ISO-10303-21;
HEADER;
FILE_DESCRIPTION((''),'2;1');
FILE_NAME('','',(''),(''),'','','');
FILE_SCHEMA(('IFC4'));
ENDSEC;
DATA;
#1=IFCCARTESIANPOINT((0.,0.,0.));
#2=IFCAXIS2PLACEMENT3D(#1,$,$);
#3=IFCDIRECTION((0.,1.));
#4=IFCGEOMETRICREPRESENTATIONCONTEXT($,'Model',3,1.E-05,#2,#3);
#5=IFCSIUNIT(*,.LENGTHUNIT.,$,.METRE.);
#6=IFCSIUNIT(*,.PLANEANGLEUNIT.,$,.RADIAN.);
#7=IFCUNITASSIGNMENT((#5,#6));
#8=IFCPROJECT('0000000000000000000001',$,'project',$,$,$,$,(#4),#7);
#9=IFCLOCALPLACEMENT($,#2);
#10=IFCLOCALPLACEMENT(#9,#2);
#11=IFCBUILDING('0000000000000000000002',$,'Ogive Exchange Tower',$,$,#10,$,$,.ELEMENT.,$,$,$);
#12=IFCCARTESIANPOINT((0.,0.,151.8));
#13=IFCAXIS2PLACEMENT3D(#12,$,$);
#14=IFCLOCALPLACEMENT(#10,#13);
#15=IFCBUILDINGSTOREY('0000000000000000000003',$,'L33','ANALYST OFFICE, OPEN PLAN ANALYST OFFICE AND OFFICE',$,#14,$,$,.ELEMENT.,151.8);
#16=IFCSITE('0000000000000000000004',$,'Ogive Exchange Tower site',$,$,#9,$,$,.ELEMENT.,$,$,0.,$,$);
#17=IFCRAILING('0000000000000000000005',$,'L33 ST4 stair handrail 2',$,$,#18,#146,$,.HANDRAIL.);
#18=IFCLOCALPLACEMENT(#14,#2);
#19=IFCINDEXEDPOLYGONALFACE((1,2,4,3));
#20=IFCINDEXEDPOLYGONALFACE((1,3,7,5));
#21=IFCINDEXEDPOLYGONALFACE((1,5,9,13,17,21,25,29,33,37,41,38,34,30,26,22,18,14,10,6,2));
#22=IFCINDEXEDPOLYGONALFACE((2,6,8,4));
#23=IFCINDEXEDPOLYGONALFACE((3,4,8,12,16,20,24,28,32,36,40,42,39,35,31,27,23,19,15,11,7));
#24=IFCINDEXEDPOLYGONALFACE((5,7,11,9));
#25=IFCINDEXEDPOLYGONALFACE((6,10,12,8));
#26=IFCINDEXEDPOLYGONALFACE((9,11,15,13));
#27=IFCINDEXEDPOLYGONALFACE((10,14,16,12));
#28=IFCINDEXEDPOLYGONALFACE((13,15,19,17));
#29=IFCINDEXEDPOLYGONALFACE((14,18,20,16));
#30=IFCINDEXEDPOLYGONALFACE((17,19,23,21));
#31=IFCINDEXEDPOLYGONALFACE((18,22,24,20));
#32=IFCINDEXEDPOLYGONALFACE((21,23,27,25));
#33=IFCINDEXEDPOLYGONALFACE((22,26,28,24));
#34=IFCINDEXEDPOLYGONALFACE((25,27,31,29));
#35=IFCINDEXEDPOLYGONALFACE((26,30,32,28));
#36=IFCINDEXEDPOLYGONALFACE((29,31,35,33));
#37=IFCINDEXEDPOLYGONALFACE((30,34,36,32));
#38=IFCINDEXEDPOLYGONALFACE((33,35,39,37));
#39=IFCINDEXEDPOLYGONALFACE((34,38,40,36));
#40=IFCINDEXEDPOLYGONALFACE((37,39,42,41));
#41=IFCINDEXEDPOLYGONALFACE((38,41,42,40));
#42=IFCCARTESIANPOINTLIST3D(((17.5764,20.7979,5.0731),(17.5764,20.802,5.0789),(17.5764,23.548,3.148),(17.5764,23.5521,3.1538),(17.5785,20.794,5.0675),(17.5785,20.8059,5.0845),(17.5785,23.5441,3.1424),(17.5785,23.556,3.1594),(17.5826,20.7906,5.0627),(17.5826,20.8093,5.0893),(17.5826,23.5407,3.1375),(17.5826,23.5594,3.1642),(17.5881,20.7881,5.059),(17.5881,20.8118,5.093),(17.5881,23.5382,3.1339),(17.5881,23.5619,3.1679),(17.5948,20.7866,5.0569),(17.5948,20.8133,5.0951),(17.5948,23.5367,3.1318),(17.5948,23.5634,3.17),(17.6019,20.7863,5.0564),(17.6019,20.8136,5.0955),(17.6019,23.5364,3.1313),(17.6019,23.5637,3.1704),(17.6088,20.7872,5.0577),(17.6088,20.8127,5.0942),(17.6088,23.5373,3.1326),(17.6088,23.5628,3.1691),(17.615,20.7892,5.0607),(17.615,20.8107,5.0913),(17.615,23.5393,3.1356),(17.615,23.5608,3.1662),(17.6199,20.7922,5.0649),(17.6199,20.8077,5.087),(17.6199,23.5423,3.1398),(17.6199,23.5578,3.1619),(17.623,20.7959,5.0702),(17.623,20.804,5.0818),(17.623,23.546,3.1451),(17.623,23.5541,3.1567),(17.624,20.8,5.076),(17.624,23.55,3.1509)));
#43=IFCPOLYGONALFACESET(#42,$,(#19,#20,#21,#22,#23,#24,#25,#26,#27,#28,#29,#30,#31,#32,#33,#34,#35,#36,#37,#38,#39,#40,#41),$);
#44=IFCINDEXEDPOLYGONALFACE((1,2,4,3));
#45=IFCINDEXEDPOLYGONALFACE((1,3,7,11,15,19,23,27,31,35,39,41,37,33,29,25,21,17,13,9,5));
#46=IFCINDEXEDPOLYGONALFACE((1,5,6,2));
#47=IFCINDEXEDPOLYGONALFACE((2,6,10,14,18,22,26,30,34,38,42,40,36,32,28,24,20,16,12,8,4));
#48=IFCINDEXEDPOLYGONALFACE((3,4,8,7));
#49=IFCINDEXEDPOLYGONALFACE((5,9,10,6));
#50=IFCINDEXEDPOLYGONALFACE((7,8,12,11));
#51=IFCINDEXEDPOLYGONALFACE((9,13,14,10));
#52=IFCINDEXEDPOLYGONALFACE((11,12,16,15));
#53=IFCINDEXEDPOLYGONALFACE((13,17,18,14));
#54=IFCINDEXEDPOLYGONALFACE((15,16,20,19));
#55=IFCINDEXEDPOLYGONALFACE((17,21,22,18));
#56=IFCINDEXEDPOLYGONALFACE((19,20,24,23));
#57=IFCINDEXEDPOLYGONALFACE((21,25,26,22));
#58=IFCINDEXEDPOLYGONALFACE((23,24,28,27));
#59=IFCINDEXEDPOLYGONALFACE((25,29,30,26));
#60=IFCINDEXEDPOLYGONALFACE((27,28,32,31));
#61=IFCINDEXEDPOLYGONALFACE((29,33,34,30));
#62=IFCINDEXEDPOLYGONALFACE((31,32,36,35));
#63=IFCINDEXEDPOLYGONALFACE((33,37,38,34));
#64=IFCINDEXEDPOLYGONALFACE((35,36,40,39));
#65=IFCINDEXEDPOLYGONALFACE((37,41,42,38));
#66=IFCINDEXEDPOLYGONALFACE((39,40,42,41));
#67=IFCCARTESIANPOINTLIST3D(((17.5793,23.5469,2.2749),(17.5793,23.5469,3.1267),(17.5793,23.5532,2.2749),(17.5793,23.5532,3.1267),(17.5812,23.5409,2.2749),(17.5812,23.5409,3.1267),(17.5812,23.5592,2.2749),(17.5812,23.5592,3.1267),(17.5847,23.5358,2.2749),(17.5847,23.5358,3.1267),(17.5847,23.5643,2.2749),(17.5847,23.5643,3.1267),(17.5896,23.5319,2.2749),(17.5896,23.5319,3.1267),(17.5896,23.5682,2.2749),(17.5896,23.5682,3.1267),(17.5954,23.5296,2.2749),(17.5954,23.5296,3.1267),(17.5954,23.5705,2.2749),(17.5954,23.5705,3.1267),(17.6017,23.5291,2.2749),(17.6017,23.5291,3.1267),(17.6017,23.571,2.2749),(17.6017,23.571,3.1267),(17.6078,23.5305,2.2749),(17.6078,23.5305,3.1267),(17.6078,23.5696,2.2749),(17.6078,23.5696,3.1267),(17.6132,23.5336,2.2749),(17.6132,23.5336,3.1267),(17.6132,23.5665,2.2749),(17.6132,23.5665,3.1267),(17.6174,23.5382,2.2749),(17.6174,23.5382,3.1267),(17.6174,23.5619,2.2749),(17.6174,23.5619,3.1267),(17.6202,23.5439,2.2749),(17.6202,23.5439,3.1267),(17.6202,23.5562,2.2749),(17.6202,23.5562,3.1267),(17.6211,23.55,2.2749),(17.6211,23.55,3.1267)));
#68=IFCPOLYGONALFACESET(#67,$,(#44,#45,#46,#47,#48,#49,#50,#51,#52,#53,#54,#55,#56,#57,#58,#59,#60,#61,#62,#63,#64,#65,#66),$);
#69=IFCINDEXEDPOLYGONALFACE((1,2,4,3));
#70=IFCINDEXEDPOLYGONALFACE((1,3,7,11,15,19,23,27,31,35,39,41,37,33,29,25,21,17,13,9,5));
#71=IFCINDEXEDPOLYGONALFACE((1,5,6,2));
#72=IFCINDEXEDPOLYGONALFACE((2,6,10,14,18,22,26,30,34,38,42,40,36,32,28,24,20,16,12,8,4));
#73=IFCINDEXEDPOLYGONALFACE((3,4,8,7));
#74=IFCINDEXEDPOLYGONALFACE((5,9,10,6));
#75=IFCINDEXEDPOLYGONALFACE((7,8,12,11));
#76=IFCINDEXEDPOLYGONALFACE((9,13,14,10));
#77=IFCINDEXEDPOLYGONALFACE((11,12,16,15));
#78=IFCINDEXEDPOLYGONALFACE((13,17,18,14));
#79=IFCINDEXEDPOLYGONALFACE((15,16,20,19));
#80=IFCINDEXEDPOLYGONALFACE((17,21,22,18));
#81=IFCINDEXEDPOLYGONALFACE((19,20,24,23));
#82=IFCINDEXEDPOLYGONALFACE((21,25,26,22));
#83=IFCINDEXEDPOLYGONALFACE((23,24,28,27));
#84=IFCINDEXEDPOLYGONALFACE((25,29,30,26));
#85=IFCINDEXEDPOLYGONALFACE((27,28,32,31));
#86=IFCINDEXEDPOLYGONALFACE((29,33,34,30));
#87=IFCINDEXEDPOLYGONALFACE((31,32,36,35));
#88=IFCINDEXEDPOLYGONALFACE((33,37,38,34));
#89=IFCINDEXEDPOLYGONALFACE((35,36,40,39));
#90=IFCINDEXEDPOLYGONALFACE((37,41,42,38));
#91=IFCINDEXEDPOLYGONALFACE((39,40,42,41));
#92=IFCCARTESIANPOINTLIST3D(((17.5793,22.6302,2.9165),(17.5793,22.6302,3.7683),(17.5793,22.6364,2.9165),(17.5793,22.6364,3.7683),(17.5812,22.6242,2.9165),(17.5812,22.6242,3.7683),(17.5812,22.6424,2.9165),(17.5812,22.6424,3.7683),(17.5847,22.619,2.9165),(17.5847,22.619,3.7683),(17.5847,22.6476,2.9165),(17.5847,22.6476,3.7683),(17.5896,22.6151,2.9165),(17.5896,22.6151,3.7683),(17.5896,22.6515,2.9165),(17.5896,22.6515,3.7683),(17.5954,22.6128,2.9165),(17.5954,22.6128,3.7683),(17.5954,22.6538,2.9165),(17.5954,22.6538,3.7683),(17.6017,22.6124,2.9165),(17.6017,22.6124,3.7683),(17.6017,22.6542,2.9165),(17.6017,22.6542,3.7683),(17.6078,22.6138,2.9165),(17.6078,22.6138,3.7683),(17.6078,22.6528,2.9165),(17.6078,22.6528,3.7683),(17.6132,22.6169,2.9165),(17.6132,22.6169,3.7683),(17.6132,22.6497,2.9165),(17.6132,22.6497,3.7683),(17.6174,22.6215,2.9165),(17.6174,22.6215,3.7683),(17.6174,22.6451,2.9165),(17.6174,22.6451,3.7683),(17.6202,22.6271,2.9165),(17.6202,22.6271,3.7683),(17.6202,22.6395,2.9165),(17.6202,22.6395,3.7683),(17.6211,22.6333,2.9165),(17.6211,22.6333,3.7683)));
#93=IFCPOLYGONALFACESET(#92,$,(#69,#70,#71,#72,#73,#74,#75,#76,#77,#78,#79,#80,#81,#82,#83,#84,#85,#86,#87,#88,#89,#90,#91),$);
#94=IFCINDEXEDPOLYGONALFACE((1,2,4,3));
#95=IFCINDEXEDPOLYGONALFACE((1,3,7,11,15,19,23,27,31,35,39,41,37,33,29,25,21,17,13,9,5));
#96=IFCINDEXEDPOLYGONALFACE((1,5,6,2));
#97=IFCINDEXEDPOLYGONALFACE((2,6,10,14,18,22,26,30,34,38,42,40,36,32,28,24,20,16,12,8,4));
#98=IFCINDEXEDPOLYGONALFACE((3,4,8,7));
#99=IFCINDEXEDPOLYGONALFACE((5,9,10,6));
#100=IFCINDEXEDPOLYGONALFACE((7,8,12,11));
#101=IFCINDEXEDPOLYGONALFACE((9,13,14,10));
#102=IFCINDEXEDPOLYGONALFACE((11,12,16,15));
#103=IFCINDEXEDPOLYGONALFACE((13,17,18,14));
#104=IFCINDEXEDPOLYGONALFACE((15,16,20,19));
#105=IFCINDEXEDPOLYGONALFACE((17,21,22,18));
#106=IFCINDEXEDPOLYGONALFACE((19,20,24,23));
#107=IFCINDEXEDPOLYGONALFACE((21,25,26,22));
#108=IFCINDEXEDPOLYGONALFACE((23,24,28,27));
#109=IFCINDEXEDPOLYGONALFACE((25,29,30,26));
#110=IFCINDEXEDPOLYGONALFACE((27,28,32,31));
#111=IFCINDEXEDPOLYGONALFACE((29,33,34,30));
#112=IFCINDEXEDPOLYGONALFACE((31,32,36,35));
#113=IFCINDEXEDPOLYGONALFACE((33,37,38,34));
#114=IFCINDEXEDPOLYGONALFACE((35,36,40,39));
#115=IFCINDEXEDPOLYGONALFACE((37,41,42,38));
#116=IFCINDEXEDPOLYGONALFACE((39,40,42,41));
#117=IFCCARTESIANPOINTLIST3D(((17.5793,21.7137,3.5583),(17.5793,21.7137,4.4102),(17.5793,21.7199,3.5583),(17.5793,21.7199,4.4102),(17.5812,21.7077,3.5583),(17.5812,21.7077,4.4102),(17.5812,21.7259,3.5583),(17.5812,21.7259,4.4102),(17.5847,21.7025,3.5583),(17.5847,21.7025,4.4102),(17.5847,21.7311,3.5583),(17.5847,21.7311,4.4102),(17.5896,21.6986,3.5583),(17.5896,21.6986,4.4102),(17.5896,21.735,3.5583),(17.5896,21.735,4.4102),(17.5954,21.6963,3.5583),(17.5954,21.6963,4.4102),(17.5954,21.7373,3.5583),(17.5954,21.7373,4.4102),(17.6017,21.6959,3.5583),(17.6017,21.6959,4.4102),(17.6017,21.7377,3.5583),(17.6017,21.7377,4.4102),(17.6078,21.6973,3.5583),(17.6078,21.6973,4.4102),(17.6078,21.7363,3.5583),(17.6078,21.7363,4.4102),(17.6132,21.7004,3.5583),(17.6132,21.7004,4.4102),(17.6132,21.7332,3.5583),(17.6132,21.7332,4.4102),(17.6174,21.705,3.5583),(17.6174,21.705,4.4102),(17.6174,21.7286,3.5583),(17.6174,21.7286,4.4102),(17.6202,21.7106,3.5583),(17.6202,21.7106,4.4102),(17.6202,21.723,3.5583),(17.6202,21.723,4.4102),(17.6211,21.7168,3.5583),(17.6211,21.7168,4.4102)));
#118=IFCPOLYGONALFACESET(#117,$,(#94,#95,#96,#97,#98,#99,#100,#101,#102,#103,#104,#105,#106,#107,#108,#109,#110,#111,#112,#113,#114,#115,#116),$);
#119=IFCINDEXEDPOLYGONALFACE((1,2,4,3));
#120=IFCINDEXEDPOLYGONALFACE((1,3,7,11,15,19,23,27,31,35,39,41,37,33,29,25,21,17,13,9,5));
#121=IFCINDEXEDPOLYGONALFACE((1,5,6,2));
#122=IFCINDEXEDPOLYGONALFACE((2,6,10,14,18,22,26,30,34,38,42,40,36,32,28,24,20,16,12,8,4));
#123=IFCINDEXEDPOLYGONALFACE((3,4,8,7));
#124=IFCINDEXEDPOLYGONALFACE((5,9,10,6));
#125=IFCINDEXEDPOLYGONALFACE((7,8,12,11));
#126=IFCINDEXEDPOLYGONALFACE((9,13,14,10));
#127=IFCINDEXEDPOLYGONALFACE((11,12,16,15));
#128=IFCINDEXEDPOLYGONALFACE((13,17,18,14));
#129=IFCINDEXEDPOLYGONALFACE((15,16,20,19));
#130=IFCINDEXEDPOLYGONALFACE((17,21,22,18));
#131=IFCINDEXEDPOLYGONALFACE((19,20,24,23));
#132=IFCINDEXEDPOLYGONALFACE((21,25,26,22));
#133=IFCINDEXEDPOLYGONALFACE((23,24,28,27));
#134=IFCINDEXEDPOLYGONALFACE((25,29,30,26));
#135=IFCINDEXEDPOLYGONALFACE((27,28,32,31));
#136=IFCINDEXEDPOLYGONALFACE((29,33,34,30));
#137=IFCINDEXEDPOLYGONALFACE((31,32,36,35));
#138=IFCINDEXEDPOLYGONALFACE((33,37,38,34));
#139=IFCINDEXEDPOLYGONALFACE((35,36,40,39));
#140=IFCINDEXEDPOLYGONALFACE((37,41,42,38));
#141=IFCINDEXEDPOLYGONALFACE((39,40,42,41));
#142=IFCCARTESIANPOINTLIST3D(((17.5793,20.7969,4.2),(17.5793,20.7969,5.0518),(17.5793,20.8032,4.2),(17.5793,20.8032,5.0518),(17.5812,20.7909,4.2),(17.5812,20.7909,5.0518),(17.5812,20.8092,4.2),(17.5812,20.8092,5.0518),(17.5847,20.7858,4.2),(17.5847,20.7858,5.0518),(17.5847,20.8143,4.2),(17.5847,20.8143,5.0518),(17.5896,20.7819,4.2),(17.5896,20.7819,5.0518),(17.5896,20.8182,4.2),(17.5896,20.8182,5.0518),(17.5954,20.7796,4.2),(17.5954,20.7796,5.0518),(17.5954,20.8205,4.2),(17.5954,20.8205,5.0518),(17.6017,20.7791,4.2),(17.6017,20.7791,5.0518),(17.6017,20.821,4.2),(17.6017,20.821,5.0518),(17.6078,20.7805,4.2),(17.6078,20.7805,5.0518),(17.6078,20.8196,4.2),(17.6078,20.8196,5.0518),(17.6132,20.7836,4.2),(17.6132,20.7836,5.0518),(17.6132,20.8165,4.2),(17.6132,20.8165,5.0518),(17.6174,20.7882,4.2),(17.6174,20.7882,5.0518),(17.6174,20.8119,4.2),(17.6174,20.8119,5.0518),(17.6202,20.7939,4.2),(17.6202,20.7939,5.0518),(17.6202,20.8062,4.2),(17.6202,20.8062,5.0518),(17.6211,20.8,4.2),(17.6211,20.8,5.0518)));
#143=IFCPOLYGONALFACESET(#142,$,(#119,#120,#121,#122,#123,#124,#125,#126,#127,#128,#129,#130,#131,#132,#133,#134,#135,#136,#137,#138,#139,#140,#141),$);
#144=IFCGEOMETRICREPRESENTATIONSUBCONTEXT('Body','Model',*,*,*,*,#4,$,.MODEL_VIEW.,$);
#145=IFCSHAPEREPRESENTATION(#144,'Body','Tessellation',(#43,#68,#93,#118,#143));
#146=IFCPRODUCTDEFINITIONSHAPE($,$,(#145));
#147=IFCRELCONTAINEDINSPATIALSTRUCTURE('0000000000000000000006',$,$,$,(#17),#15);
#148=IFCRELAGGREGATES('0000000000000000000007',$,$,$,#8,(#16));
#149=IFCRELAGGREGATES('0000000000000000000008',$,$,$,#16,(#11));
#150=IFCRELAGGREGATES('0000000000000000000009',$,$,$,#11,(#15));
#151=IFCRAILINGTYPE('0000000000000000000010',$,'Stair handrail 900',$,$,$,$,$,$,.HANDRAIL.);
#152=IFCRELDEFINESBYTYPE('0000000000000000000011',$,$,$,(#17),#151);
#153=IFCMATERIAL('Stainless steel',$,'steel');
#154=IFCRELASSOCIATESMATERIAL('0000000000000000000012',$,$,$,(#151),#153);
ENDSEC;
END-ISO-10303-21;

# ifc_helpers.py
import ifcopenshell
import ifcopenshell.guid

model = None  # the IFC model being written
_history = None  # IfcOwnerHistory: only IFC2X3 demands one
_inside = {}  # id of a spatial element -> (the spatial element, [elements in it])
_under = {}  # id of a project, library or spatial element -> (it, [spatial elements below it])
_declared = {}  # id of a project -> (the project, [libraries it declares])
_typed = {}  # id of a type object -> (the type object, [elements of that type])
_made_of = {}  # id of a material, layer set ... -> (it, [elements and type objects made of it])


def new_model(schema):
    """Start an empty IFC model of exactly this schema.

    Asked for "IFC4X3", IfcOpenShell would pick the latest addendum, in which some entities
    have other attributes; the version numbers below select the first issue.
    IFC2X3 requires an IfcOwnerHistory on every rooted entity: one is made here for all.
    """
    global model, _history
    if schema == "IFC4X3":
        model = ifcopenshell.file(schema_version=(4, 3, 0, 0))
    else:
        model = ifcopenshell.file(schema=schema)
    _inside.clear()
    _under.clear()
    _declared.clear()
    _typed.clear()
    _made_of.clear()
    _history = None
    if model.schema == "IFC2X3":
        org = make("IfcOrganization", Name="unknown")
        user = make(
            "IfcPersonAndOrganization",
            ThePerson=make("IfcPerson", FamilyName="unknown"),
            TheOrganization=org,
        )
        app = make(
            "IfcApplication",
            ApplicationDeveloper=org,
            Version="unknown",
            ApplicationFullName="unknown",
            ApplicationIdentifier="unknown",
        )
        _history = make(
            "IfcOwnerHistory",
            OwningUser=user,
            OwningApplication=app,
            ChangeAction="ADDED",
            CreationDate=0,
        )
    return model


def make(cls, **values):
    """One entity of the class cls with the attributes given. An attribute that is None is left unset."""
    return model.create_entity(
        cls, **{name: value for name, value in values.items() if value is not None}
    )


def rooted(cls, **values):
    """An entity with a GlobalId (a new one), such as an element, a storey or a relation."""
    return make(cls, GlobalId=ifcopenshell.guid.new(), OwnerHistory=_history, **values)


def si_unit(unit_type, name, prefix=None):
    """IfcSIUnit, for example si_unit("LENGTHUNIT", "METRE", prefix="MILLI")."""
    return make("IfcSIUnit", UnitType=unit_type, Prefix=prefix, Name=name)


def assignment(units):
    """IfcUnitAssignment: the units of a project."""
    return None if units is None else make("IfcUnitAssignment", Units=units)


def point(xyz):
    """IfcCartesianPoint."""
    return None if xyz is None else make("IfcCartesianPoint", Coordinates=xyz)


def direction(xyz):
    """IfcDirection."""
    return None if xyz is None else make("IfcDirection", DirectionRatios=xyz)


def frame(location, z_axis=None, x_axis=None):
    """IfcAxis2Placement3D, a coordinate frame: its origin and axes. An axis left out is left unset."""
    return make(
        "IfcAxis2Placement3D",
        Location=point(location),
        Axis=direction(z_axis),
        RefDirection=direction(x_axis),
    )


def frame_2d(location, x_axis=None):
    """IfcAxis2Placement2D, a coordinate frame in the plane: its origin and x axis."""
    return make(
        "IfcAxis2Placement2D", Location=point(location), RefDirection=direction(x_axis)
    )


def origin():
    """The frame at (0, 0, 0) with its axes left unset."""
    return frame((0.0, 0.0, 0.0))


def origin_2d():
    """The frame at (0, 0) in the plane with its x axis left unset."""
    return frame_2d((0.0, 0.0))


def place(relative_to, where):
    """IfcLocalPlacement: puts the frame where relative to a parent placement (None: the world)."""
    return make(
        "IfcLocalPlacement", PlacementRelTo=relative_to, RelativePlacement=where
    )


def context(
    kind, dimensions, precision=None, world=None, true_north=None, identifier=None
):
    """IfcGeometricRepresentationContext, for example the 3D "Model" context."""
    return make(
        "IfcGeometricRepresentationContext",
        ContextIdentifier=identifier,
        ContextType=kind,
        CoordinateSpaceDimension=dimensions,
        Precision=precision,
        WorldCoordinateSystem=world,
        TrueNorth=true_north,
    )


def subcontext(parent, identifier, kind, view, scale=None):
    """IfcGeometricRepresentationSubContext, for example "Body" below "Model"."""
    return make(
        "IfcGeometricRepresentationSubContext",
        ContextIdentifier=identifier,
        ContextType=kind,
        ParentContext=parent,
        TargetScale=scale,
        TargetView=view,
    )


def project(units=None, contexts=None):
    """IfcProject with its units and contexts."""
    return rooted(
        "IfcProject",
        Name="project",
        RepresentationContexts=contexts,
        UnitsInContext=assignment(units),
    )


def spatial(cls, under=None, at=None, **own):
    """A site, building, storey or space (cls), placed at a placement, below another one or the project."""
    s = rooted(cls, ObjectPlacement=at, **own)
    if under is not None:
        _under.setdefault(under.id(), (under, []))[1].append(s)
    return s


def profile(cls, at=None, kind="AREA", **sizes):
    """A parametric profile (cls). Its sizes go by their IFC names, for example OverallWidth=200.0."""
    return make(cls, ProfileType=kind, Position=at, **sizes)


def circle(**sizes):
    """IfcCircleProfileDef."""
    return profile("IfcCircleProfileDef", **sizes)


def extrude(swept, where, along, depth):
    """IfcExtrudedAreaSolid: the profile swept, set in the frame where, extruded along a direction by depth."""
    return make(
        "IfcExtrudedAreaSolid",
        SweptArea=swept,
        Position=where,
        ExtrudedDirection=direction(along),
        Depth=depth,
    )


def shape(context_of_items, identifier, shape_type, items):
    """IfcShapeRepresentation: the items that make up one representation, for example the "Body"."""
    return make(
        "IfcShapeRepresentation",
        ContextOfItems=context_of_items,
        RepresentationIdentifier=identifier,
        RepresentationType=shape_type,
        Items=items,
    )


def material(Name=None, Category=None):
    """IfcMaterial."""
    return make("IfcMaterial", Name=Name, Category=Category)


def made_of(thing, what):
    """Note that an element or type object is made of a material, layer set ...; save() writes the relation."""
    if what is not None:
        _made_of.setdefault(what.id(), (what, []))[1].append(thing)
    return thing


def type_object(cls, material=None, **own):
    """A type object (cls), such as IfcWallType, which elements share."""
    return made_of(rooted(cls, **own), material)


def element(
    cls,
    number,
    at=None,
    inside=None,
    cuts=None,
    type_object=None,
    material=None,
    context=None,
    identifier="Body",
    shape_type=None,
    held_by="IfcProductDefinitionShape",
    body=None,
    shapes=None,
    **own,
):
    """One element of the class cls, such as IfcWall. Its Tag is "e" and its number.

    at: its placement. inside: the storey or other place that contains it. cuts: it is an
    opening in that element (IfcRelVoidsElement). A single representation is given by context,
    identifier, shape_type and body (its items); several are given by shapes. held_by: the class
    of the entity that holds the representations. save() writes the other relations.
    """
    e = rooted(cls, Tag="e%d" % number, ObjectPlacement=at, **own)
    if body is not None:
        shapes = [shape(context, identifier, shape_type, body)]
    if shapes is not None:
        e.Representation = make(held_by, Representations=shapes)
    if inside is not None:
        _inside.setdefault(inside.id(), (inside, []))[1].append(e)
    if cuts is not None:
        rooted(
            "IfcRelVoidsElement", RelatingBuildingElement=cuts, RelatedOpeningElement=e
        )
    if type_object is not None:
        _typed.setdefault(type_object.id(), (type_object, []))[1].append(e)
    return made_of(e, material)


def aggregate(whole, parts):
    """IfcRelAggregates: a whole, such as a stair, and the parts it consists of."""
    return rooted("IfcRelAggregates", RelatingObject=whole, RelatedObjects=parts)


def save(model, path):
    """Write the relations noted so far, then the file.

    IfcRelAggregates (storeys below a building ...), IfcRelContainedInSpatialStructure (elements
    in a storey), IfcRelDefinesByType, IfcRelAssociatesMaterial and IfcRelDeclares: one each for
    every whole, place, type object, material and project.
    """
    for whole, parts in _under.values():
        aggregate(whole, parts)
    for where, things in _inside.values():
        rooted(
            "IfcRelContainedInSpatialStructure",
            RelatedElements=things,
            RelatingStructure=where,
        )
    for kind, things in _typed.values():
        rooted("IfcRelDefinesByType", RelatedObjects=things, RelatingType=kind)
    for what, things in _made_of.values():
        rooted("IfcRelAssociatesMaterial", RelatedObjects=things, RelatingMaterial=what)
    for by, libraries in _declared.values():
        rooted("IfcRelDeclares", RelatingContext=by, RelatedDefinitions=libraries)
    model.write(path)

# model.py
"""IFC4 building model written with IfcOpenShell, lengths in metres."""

from ifc_helpers import new_model, si_unit, direction, frame, origin, origin_2d, place, context, subcontext, project, spatial, circle, extrude, material, type_object, element, save


model = new_model("IFC4")

# Units and contexts
model_context = context("Model", 3, precision=1e-05, world=origin(), true_north=direction((0.0, 1.0)))
body_context = subcontext(model_context, "Body", "Model", "MODEL_VIEW")
ifc_project = project(units=[si_unit("LENGTHUNIT", "METRE"), si_unit("PLANEANGLEUNIT", "RADIAN")], contexts=[model_context])

# Site, building, storey
site_placement = place(None, origin())
site = spatial("IfcSite", under=ifc_project, at=site_placement, Name="Ogive Exchange Tower site", CompositionType="ELEMENT", RefElevation=0.0)
building_placement = place(site_placement, origin())
building = spatial("IfcBuilding", under=site, at=building_placement, Name="Ogive Exchange Tower", CompositionType="ELEMENT")
storey_placement = place(building_placement, frame((0.0, 0.0, 151.8)))
storey = spatial("IfcBuildingStorey", under=building, at=storey_placement, Name="L33", Description="ANALYST OFFICE, OPEN PLAN ANALYST OFFICE AND OFFICE", CompositionType="ELEMENT", Elevation=151.8)

# Railing
ifc_material_1 = material(Name="Stainless steel", Category="steel")
railing_type = type_object("IfcRailingType", Name="Stair handrail 900", PredefinedType="HANDRAIL", material=ifc_material_1)
railing_placement = place(storey_placement, frame((17.6001, 23.55, 2.2749)))
element("IfcRailing", 1, at=railing_placement, inside=storey, type_object=railing_type, Name="L33 ST4 stair handrail 2", PredefinedType="HANDRAIL", context=body_context, shape_type="SweptSolid", body=[
    extrude(circle(Radius=0.0239, at=origin_2d()), frame((0.0, 0.0, 0.876), z_axis=(0.0, -0.819225, 0.573472), x_axis=(1.0, 0.0, 0.0)), (0.0, 0.0, 1.0), 3.3569),
    extrude(circle(Radius=0.021, at=origin_2d()), origin(), (0.0, 0.0, 1.0), 0.8518),
    extrude(circle(Radius=0.021, at=origin_2d()), frame((0.0, -0.9167, 0.6416)), (0.0, 0.0, 1.0), 0.8518),
    extrude(circle(Radius=0.021, at=origin_2d()), frame((0.0, -1.8333, 1.2834)), (0.0, 0.0, 1.0), 0.8518),
    extrude(circle(Radius=0.021, at=origin_2d()), frame((0.0, -2.75, 1.925)), (0.0, 0.0, 1.0), 0.8518),
])

save(model, "model.ifc")
